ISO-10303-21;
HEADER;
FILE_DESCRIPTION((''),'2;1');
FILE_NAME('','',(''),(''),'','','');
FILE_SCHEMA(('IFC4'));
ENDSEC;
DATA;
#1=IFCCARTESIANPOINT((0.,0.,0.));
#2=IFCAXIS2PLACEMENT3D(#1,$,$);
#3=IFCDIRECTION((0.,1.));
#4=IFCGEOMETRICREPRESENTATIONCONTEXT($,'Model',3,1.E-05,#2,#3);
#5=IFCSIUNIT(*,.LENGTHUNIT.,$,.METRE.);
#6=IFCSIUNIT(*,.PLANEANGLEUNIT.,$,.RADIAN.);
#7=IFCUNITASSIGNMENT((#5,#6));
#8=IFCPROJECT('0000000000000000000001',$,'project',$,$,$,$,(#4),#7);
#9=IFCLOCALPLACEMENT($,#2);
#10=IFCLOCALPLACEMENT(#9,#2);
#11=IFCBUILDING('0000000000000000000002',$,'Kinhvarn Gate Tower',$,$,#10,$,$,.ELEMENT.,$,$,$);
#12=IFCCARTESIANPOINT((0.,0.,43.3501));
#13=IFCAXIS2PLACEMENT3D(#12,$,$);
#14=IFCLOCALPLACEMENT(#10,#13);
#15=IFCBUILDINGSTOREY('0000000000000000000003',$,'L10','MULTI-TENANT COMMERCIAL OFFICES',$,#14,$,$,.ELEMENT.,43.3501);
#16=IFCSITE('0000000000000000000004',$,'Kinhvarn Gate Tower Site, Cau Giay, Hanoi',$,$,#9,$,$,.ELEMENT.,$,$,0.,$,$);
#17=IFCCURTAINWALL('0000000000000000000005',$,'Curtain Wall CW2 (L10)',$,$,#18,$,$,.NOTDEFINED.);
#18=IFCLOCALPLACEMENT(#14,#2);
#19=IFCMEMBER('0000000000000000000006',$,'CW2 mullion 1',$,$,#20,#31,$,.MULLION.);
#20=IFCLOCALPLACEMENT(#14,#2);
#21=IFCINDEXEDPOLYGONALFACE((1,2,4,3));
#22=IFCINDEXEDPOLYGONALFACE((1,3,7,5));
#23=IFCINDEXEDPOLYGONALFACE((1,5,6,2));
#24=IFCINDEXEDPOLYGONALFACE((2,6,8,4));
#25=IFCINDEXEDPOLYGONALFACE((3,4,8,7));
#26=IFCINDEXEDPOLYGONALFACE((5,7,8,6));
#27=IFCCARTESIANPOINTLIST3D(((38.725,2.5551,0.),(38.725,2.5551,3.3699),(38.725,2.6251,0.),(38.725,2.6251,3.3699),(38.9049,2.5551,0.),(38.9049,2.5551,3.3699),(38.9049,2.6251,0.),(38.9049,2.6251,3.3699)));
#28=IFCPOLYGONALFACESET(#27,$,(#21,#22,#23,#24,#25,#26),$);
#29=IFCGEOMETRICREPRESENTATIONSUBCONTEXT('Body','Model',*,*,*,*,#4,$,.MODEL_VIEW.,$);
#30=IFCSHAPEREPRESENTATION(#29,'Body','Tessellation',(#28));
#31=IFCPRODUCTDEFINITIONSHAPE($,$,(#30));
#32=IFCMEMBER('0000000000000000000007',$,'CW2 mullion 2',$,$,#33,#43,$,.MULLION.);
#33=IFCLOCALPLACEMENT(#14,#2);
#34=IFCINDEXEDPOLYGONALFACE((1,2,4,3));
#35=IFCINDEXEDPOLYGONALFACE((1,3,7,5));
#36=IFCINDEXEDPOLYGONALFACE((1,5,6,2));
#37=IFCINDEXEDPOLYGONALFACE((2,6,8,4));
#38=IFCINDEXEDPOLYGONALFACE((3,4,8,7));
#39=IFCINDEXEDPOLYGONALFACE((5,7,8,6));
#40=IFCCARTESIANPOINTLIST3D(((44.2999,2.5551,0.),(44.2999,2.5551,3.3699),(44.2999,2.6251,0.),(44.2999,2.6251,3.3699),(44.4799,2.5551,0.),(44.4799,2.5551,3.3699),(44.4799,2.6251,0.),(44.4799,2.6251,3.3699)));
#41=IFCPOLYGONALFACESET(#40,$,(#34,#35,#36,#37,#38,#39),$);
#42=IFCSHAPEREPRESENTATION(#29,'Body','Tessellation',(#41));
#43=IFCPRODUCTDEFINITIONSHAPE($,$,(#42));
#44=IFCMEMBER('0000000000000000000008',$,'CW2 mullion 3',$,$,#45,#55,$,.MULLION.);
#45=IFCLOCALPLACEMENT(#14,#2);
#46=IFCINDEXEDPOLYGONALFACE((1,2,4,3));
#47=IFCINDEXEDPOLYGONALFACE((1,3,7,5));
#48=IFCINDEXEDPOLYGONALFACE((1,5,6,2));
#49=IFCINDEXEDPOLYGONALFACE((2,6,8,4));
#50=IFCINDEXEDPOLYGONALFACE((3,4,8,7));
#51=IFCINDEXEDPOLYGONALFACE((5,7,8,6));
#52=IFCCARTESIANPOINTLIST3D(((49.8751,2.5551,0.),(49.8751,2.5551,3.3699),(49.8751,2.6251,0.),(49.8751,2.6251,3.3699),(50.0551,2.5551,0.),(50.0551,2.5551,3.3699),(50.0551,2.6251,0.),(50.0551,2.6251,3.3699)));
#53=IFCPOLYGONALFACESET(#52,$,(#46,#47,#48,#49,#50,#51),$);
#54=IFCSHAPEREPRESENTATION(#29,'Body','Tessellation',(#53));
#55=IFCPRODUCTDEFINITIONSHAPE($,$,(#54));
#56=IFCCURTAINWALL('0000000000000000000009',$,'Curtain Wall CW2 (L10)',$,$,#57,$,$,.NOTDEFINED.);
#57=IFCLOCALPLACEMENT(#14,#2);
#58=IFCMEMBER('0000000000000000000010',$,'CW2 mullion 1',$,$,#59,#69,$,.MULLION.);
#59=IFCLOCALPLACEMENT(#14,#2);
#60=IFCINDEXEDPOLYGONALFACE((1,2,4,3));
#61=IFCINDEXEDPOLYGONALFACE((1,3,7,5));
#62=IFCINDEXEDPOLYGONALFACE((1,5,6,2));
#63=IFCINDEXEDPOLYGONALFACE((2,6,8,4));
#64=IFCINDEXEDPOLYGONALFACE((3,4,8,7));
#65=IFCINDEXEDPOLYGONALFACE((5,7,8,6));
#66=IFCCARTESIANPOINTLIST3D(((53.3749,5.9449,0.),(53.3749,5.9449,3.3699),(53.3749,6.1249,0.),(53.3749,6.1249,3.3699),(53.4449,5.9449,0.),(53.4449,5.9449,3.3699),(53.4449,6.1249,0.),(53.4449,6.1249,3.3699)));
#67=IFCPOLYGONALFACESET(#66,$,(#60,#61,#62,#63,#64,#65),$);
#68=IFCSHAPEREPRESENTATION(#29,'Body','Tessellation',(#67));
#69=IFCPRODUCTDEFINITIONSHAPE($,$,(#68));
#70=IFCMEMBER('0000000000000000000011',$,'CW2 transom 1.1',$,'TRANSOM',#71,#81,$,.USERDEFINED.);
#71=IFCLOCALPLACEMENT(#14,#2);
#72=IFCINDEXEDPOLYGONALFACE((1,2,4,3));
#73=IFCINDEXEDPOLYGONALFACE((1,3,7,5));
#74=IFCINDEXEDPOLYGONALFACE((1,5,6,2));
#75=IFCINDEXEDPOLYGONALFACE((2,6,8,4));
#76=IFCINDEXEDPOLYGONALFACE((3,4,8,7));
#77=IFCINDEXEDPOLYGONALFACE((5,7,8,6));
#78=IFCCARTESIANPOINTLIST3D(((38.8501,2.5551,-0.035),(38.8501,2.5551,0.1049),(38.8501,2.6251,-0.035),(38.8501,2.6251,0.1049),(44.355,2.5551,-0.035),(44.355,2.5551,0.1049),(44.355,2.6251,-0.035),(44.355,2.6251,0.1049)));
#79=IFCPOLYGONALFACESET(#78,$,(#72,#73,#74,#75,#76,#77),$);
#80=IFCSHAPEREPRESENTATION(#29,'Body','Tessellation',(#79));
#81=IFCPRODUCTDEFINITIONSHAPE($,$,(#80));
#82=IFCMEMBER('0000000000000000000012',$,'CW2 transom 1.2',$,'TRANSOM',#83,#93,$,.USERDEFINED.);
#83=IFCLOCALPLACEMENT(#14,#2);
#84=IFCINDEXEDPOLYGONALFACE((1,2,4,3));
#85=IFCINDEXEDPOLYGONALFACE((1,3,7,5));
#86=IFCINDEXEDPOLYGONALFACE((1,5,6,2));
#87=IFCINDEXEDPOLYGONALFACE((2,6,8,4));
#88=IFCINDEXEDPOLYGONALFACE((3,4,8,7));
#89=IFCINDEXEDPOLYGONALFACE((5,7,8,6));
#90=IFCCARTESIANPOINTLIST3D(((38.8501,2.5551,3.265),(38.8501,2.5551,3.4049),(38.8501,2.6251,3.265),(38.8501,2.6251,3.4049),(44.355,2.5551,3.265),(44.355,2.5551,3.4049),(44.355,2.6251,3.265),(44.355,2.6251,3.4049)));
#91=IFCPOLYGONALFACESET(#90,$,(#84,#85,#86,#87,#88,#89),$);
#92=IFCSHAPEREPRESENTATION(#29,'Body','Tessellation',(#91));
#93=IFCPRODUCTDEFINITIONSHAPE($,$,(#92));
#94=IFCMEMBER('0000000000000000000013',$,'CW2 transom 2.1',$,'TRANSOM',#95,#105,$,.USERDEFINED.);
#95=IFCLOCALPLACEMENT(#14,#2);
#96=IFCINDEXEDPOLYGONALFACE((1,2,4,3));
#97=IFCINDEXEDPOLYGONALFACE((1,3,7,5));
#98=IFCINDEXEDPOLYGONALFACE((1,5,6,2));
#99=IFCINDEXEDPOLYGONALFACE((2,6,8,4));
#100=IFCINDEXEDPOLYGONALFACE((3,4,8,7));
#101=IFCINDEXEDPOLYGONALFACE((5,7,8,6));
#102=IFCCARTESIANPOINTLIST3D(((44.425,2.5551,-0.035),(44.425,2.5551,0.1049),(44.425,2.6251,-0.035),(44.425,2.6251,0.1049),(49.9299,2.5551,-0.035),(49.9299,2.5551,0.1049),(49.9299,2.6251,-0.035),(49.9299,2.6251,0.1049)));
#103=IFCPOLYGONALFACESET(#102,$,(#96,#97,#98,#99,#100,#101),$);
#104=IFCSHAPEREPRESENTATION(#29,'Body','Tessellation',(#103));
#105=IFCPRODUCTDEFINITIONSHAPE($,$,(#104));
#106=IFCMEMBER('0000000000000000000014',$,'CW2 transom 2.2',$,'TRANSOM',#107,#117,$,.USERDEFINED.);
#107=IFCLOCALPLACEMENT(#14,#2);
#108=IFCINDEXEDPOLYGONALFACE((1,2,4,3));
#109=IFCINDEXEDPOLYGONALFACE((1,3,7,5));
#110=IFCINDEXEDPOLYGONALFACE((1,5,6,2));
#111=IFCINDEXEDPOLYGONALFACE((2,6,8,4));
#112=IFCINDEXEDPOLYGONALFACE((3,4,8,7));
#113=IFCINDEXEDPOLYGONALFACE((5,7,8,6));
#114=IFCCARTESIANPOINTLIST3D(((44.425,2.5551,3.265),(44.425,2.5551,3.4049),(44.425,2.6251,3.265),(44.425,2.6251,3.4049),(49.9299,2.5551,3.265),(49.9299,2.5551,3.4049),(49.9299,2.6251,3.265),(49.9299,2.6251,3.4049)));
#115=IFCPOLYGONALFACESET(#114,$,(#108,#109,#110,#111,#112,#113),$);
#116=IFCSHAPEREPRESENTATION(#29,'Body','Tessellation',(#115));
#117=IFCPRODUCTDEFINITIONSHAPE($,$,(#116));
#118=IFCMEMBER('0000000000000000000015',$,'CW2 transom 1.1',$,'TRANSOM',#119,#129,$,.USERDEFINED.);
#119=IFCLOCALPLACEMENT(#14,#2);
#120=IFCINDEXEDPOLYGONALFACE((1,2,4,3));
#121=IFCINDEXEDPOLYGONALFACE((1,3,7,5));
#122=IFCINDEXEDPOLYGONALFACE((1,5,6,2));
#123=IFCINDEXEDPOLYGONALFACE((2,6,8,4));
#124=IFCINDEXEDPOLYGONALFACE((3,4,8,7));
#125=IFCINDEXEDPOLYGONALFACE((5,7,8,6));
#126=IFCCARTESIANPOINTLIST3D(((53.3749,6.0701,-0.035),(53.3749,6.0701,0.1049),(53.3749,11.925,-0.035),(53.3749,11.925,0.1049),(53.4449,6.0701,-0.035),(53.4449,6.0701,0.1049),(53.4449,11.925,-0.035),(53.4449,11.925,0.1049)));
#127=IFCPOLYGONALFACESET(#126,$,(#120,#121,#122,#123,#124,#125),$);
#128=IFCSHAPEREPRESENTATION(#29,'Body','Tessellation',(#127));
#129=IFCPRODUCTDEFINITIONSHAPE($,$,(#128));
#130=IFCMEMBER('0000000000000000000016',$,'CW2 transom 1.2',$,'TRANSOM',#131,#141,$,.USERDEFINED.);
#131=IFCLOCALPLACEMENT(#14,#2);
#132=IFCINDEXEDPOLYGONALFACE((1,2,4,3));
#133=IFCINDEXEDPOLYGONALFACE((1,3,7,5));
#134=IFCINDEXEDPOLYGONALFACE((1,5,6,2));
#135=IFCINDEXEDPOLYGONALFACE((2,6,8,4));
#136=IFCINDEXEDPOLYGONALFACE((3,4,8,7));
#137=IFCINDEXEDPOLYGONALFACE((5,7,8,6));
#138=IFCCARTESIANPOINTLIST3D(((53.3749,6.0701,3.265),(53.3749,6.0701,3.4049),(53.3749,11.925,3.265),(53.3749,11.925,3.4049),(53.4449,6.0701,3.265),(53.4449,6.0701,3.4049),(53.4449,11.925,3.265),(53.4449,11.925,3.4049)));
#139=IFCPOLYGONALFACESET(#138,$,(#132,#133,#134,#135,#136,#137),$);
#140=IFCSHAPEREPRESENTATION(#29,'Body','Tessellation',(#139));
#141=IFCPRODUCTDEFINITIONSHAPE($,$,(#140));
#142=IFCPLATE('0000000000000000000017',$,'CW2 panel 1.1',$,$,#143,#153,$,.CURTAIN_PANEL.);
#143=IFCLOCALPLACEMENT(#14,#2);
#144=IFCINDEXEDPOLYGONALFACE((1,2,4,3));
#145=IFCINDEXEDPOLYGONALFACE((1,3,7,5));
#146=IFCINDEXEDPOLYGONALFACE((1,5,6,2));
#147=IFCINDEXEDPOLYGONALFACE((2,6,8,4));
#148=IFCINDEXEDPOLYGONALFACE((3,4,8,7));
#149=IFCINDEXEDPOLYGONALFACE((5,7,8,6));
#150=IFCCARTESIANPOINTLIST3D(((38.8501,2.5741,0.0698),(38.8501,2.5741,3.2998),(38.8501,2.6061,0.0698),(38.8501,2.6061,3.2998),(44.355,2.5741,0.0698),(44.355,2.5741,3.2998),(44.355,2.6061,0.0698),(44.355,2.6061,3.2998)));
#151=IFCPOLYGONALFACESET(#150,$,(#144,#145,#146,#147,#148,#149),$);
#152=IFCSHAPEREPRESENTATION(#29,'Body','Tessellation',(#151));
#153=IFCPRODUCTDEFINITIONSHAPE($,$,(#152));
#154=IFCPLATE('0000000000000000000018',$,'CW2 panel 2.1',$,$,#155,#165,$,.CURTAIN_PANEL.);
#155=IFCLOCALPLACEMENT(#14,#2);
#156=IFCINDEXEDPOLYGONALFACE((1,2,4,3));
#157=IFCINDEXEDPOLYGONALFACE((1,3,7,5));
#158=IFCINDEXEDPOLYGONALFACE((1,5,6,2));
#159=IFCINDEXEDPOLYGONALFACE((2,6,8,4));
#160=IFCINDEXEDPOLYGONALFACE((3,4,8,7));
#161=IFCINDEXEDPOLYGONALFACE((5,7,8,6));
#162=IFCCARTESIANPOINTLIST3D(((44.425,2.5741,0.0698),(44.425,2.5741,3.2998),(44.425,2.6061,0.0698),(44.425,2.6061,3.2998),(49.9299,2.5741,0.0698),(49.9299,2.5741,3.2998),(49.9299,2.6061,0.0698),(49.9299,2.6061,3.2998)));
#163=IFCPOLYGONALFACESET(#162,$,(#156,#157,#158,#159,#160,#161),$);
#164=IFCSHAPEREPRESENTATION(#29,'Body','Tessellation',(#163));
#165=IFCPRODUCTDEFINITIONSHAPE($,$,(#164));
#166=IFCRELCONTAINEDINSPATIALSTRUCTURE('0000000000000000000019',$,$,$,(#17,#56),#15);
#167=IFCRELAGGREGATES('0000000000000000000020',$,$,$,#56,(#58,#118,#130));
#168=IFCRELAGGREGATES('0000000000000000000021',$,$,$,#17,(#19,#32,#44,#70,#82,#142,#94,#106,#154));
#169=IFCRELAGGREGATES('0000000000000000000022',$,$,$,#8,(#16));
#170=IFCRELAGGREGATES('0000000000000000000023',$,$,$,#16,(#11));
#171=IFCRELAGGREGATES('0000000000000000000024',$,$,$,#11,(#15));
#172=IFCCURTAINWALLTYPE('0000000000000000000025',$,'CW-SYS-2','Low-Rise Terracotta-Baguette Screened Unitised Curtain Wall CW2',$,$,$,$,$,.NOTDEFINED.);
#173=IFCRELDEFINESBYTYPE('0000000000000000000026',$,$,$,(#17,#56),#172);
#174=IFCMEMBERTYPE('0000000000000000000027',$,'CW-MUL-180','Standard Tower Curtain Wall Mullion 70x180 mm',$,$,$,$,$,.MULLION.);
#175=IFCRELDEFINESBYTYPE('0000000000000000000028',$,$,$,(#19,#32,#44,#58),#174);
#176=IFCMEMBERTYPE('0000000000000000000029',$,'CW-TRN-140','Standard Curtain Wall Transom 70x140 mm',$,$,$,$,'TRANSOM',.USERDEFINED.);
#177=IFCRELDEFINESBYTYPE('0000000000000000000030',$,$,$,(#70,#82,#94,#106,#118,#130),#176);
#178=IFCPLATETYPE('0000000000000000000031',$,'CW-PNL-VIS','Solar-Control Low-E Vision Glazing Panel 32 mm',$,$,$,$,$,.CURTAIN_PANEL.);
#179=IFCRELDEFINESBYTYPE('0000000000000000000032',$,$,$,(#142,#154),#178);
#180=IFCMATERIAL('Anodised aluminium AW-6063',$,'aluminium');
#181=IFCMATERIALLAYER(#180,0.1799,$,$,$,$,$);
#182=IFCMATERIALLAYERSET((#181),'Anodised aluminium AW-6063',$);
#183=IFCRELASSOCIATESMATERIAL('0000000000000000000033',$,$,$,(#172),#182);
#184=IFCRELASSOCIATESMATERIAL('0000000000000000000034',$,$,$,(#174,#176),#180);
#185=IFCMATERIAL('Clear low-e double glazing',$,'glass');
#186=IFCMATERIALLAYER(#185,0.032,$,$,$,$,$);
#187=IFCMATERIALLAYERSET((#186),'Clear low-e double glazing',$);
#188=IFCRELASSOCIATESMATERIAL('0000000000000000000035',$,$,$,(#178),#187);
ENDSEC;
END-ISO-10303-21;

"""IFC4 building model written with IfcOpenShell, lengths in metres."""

from ifc_helpers import new_model, si_unit, direction, frame, origin, origin_2d, place, context, subcontext, project, spatial, rectangle, extrude, material, layer, layer_set, material_profile, profile_set, type_object, element, aggregate, save


model = new_model("IFC4")

# Units and contexts
model_context = context("Model", 3, precision=1e-05, world=origin(), true_north=direction((0.0, 1.0)))
body_context = subcontext(model_context, "Body", "Model", "MODEL_VIEW")
ifc_project = project(units=[si_unit("LENGTHUNIT", "METRE"), si_unit("PLANEANGLEUNIT", "RADIAN")], contexts=[model_context])

# Site, building, storey
site_placement = place(None, origin())
site = spatial("IfcSite", under=ifc_project, at=site_placement, Name="Kinhvarn Gate Tower Site, Cau Giay, Hanoi", CompositionType="ELEMENT", RefElevation=0.0)
building_placement = place(site_placement, origin())
building = spatial("IfcBuilding", under=site, at=building_placement, Name="Kinhvarn Gate Tower", CompositionType="ELEMENT")
storey_placement = place(building_placement, frame((0.0, 0.0, 43.3501)))
storey = spatial("IfcBuildingStorey", under=building, at=storey_placement, Name="L10", Description="MULTI-TENANT COMMERCIAL OFFICES", CompositionType="ELEMENT", Elevation=43.3501)

# Curtain wall, members
ifc_material_1 = material(Name="Anodised aluminium AW-6063", Category="aluminium")
ifc_layer_1 = layer(ifc_material_1, 0.1799)
ifc_layer_set_1 = layer_set([ifc_layer_1], Name="Anodised aluminium AW-6063")
curtain_wall_type = type_object("IfcCurtainWallType", Name="CW-SYS-2", Description="Low-Rise Terracotta-Baguette Screened Unitised Curtain Wall CW2", PredefinedType="NOTDEFINED", material=ifc_layer_set_1)
curtain_wall_1_placement = place(storey_placement, origin())
curtain_wall_1 = element("IfcCurtainWall", 1, at=curtain_wall_1_placement, inside=storey, type_object=curtain_wall_type, Name="Curtain Wall CW2 (L10)", PredefinedType="NOTDEFINED")
ifc_material_profile_1 = material_profile(ifc_material_1, rectangle(XDim=0.0701, YDim=0.1799, at=origin_2d()), Name="ALU 70x180")
ifc_profile_set_1 = profile_set([ifc_material_profile_1], Name="Anodised aluminium AW-6063")
member_type_1 = type_object("IfcMemberType", Name="CW-MUL-180", Description="Standard Tower Curtain Wall Mullion 70x180 mm", PredefinedType="MULLION", material=ifc_profile_set_1)
member_1_placement = place(storey_placement, frame((38.8149, 2.5901, 0.0), z_axis=(0.0, 0.0, 1.0), x_axis=(0.0, 1.0, 0.0)))
member_1 = element("IfcMember", 2, at=member_1_placement, type_object=member_type_1, Name="CW2 mullion 1", PredefinedType="MULLION", context=body_context, shape_type="SweptSolid", body=[
    extrude(rectangle(XDim=0.0701, YDim=0.1799, at=origin_2d()), origin(), (0.0, 0.0, 1.0), 3.3699),
])
member_2_placement = place(storey_placement, frame((44.3899, 2.5901, 0.0), z_axis=(0.0, 0.0, 1.0), x_axis=(0.0, 1.0, 0.0)))
member_2 = element("IfcMember", 3, at=member_2_placement, type_object=member_type_1, Name="CW2 mullion 2", PredefinedType="MULLION", context=body_context, shape_type="SweptSolid", body=[
    extrude(rectangle(XDim=0.0701, YDim=0.1799, at=origin_2d()), origin(), (0.0, 0.0, 1.0), 3.3699),
])
member_3_placement = place(storey_placement, frame((49.9651, 2.5901, 0.0), z_axis=(0.0, 0.0, 1.0), x_axis=(0.0, 1.0, 0.0)))
member_3 = element("IfcMember", 4, at=member_3_placement, type_object=member_type_1, Name="CW2 mullion 3", PredefinedType="MULLION", context=body_context, shape_type="SweptSolid", body=[
    extrude(rectangle(XDim=0.0701, YDim=0.1799, at=origin_2d()), origin(), (0.0, 0.0, 1.0), 3.3699),
])

# Curtain wall, member
curtain_wall_2_placement = place(storey_placement, origin())
curtain_wall_2 = element("IfcCurtainWall", 5, at=curtain_wall_2_placement, inside=storey, type_object=curtain_wall_type, Name="Curtain Wall CW2 (L10)", PredefinedType="NOTDEFINED")
member_4_placement = place(storey_placement, frame((53.4099, 6.0349, 0.0), z_axis=(0.0, 0.0, 1.0), x_axis=(-1.0, 0.0, 0.0)))
member_4 = element("IfcMember", 6, at=member_4_placement, type_object=member_type_1, Name="CW2 mullion 1", PredefinedType="MULLION", context=body_context, shape_type="SweptSolid", body=[
    extrude(rectangle(XDim=0.0701, YDim=0.1799, at=origin_2d()), origin(), (0.0, 0.0, 1.0), 3.3699),
])

# Members
ifc_material_profile_2 = material_profile(ifc_material_1, rectangle(XDim=0.0701, YDim=0.1399, at=origin_2d()), Name="ALU 70x140")
ifc_profile_set_2 = profile_set([ifc_material_profile_2], Name="Anodised aluminium AW-6063")
member_type_2 = type_object("IfcMemberType", Name="CW-TRN-140", Description="Standard Curtain Wall Transom 70x140 mm", ElementType="TRANSOM", PredefinedType="USERDEFINED", material=ifc_profile_set_2)
member_5_placement = place(storey_placement, frame((38.8501, 2.5901, 0.0349), z_axis=(1.0, 0.0, 0.0), x_axis=(0.0, 1.0, 0.0)))
member_5 = element("IfcMember", 7, at=member_5_placement, type_object=member_type_2, Name="CW2 transom 1.1", ObjectType="TRANSOM", PredefinedType="USERDEFINED", context=body_context, shape_type="SweptSolid", body=[
    extrude(rectangle(XDim=0.0701, YDim=0.1399, at=origin_2d()), origin(), (0.0, 0.0, 1.0), 5.5049),
])
member_6_placement = place(storey_placement, frame((38.8501, 2.5901, 3.335), z_axis=(1.0, 0.0, 0.0), x_axis=(0.0, 1.0, 0.0)))
member_6 = element("IfcMember", 8, at=member_6_placement, type_object=member_type_2, Name="CW2 transom 1.2", ObjectType="TRANSOM", PredefinedType="USERDEFINED", context=body_context, shape_type="SweptSolid", body=[
    extrude(rectangle(XDim=0.0701, YDim=0.1399, at=origin_2d()), origin(), (0.0, 0.0, 1.0), 5.5049),
])
member_7_placement = place(storey_placement, frame((44.425, 2.5901, 0.0349), z_axis=(1.0, 0.0, 0.0), x_axis=(0.0, 1.0, 0.0)))
member_7 = element("IfcMember", 9, at=member_7_placement, type_object=member_type_2, Name="CW2 transom 2.1", ObjectType="TRANSOM", PredefinedType="USERDEFINED", context=body_context, shape_type="SweptSolid", body=[
    extrude(rectangle(XDim=0.0701, YDim=0.1399, at=origin_2d()), origin(), (0.0, 0.0, 1.0), 5.5049),
])
member_8_placement = place(storey_placement, frame((44.425, 2.5901, 3.335), z_axis=(1.0, 0.0, 0.0), x_axis=(0.0, 1.0, 0.0)))
member_8 = element("IfcMember", 10, at=member_8_placement, type_object=member_type_2, Name="CW2 transom 2.2", ObjectType="TRANSOM", PredefinedType="USERDEFINED", context=body_context, shape_type="SweptSolid", body=[
    extrude(rectangle(XDim=0.0701, YDim=0.1399, at=origin_2d()), origin(), (0.0, 0.0, 1.0), 5.5049),
])
member_9_placement = place(storey_placement, frame((53.4099, 6.0701, 0.0349), z_axis=(0.0, 1.0, 0.0), x_axis=(-1.0, 0.0, 0.0)))
member_9 = element("IfcMember", 11, at=member_9_placement, type_object=member_type_2, Name="CW2 transom 1.1", ObjectType="TRANSOM", PredefinedType="USERDEFINED", context=body_context, shape_type="SweptSolid", body=[
    extrude(rectangle(XDim=0.0701, YDim=0.1399, at=origin_2d()), origin(), (0.0, 0.0, 1.0), 5.855),
])
member_10_placement = place(storey_placement, frame((53.4099, 6.0701, 3.335), z_axis=(0.0, 1.0, 0.0), x_axis=(-1.0, 0.0, 0.0)))
member_10 = element("IfcMember", 12, at=member_10_placement, type_object=member_type_2, Name="CW2 transom 1.2", ObjectType="TRANSOM", PredefinedType="USERDEFINED", context=body_context, shape_type="SweptSolid", body=[
    extrude(rectangle(XDim=0.0701, YDim=0.1399, at=origin_2d()), origin(), (0.0, 0.0, 1.0), 5.855),
])
aggregate(curtain_wall_2, [member_4, member_9, member_10])

# Plates
ifc_material_2 = material(Name="Clear low-e double glazing", Category="glass")
ifc_layer_2 = layer(ifc_material_2, 0.032)
ifc_layer_set_2 = layer_set([ifc_layer_2], Name="Clear low-e double glazing")
plate_type = type_object("IfcPlateType", Name="CW-PNL-VIS", Description="Solar-Control Low-E Vision Glazing Panel 32 mm", PredefinedType="CURTAIN_PANEL", material=ifc_layer_set_2)
plate_1_placement = place(storey_placement, frame((41.6025, 2.5901, 0.0698), z_axis=(0.0, 0.0, 1.0), x_axis=(1.0, 0.0, 0.0)))
plate_1 = element("IfcPlate", 13, at=plate_1_placement, type_object=plate_type, Name="CW2 panel 1.1", PredefinedType="CURTAIN_PANEL", context=body_context, shape_type="SweptSolid", body=[
    extrude(rectangle(XDim=5.5049, YDim=0.032, at=origin_2d()), origin(), (0.0, 0.0, 1.0), 3.23),
])
plate_2_placement = place(storey_placement, frame((47.1775, 2.5901, 0.0698), z_axis=(0.0, 0.0, 1.0), x_axis=(1.0, 0.0, 0.0)))
plate_2 = element("IfcPlate", 14, at=plate_2_placement, type_object=plate_type, Name="CW2 panel 2.1", PredefinedType="CURTAIN_PANEL", context=body_context, shape_type="SweptSolid", body=[
    extrude(rectangle(XDim=5.5049, YDim=0.032, at=origin_2d()), origin(), (0.0, 0.0, 1.0), 3.23),
])
aggregate(curtain_wall_1, [member_1, member_2, member_3, member_5, member_6, plate_1, member_7, member_8, plate_2])

save(model, "model.ifc")
